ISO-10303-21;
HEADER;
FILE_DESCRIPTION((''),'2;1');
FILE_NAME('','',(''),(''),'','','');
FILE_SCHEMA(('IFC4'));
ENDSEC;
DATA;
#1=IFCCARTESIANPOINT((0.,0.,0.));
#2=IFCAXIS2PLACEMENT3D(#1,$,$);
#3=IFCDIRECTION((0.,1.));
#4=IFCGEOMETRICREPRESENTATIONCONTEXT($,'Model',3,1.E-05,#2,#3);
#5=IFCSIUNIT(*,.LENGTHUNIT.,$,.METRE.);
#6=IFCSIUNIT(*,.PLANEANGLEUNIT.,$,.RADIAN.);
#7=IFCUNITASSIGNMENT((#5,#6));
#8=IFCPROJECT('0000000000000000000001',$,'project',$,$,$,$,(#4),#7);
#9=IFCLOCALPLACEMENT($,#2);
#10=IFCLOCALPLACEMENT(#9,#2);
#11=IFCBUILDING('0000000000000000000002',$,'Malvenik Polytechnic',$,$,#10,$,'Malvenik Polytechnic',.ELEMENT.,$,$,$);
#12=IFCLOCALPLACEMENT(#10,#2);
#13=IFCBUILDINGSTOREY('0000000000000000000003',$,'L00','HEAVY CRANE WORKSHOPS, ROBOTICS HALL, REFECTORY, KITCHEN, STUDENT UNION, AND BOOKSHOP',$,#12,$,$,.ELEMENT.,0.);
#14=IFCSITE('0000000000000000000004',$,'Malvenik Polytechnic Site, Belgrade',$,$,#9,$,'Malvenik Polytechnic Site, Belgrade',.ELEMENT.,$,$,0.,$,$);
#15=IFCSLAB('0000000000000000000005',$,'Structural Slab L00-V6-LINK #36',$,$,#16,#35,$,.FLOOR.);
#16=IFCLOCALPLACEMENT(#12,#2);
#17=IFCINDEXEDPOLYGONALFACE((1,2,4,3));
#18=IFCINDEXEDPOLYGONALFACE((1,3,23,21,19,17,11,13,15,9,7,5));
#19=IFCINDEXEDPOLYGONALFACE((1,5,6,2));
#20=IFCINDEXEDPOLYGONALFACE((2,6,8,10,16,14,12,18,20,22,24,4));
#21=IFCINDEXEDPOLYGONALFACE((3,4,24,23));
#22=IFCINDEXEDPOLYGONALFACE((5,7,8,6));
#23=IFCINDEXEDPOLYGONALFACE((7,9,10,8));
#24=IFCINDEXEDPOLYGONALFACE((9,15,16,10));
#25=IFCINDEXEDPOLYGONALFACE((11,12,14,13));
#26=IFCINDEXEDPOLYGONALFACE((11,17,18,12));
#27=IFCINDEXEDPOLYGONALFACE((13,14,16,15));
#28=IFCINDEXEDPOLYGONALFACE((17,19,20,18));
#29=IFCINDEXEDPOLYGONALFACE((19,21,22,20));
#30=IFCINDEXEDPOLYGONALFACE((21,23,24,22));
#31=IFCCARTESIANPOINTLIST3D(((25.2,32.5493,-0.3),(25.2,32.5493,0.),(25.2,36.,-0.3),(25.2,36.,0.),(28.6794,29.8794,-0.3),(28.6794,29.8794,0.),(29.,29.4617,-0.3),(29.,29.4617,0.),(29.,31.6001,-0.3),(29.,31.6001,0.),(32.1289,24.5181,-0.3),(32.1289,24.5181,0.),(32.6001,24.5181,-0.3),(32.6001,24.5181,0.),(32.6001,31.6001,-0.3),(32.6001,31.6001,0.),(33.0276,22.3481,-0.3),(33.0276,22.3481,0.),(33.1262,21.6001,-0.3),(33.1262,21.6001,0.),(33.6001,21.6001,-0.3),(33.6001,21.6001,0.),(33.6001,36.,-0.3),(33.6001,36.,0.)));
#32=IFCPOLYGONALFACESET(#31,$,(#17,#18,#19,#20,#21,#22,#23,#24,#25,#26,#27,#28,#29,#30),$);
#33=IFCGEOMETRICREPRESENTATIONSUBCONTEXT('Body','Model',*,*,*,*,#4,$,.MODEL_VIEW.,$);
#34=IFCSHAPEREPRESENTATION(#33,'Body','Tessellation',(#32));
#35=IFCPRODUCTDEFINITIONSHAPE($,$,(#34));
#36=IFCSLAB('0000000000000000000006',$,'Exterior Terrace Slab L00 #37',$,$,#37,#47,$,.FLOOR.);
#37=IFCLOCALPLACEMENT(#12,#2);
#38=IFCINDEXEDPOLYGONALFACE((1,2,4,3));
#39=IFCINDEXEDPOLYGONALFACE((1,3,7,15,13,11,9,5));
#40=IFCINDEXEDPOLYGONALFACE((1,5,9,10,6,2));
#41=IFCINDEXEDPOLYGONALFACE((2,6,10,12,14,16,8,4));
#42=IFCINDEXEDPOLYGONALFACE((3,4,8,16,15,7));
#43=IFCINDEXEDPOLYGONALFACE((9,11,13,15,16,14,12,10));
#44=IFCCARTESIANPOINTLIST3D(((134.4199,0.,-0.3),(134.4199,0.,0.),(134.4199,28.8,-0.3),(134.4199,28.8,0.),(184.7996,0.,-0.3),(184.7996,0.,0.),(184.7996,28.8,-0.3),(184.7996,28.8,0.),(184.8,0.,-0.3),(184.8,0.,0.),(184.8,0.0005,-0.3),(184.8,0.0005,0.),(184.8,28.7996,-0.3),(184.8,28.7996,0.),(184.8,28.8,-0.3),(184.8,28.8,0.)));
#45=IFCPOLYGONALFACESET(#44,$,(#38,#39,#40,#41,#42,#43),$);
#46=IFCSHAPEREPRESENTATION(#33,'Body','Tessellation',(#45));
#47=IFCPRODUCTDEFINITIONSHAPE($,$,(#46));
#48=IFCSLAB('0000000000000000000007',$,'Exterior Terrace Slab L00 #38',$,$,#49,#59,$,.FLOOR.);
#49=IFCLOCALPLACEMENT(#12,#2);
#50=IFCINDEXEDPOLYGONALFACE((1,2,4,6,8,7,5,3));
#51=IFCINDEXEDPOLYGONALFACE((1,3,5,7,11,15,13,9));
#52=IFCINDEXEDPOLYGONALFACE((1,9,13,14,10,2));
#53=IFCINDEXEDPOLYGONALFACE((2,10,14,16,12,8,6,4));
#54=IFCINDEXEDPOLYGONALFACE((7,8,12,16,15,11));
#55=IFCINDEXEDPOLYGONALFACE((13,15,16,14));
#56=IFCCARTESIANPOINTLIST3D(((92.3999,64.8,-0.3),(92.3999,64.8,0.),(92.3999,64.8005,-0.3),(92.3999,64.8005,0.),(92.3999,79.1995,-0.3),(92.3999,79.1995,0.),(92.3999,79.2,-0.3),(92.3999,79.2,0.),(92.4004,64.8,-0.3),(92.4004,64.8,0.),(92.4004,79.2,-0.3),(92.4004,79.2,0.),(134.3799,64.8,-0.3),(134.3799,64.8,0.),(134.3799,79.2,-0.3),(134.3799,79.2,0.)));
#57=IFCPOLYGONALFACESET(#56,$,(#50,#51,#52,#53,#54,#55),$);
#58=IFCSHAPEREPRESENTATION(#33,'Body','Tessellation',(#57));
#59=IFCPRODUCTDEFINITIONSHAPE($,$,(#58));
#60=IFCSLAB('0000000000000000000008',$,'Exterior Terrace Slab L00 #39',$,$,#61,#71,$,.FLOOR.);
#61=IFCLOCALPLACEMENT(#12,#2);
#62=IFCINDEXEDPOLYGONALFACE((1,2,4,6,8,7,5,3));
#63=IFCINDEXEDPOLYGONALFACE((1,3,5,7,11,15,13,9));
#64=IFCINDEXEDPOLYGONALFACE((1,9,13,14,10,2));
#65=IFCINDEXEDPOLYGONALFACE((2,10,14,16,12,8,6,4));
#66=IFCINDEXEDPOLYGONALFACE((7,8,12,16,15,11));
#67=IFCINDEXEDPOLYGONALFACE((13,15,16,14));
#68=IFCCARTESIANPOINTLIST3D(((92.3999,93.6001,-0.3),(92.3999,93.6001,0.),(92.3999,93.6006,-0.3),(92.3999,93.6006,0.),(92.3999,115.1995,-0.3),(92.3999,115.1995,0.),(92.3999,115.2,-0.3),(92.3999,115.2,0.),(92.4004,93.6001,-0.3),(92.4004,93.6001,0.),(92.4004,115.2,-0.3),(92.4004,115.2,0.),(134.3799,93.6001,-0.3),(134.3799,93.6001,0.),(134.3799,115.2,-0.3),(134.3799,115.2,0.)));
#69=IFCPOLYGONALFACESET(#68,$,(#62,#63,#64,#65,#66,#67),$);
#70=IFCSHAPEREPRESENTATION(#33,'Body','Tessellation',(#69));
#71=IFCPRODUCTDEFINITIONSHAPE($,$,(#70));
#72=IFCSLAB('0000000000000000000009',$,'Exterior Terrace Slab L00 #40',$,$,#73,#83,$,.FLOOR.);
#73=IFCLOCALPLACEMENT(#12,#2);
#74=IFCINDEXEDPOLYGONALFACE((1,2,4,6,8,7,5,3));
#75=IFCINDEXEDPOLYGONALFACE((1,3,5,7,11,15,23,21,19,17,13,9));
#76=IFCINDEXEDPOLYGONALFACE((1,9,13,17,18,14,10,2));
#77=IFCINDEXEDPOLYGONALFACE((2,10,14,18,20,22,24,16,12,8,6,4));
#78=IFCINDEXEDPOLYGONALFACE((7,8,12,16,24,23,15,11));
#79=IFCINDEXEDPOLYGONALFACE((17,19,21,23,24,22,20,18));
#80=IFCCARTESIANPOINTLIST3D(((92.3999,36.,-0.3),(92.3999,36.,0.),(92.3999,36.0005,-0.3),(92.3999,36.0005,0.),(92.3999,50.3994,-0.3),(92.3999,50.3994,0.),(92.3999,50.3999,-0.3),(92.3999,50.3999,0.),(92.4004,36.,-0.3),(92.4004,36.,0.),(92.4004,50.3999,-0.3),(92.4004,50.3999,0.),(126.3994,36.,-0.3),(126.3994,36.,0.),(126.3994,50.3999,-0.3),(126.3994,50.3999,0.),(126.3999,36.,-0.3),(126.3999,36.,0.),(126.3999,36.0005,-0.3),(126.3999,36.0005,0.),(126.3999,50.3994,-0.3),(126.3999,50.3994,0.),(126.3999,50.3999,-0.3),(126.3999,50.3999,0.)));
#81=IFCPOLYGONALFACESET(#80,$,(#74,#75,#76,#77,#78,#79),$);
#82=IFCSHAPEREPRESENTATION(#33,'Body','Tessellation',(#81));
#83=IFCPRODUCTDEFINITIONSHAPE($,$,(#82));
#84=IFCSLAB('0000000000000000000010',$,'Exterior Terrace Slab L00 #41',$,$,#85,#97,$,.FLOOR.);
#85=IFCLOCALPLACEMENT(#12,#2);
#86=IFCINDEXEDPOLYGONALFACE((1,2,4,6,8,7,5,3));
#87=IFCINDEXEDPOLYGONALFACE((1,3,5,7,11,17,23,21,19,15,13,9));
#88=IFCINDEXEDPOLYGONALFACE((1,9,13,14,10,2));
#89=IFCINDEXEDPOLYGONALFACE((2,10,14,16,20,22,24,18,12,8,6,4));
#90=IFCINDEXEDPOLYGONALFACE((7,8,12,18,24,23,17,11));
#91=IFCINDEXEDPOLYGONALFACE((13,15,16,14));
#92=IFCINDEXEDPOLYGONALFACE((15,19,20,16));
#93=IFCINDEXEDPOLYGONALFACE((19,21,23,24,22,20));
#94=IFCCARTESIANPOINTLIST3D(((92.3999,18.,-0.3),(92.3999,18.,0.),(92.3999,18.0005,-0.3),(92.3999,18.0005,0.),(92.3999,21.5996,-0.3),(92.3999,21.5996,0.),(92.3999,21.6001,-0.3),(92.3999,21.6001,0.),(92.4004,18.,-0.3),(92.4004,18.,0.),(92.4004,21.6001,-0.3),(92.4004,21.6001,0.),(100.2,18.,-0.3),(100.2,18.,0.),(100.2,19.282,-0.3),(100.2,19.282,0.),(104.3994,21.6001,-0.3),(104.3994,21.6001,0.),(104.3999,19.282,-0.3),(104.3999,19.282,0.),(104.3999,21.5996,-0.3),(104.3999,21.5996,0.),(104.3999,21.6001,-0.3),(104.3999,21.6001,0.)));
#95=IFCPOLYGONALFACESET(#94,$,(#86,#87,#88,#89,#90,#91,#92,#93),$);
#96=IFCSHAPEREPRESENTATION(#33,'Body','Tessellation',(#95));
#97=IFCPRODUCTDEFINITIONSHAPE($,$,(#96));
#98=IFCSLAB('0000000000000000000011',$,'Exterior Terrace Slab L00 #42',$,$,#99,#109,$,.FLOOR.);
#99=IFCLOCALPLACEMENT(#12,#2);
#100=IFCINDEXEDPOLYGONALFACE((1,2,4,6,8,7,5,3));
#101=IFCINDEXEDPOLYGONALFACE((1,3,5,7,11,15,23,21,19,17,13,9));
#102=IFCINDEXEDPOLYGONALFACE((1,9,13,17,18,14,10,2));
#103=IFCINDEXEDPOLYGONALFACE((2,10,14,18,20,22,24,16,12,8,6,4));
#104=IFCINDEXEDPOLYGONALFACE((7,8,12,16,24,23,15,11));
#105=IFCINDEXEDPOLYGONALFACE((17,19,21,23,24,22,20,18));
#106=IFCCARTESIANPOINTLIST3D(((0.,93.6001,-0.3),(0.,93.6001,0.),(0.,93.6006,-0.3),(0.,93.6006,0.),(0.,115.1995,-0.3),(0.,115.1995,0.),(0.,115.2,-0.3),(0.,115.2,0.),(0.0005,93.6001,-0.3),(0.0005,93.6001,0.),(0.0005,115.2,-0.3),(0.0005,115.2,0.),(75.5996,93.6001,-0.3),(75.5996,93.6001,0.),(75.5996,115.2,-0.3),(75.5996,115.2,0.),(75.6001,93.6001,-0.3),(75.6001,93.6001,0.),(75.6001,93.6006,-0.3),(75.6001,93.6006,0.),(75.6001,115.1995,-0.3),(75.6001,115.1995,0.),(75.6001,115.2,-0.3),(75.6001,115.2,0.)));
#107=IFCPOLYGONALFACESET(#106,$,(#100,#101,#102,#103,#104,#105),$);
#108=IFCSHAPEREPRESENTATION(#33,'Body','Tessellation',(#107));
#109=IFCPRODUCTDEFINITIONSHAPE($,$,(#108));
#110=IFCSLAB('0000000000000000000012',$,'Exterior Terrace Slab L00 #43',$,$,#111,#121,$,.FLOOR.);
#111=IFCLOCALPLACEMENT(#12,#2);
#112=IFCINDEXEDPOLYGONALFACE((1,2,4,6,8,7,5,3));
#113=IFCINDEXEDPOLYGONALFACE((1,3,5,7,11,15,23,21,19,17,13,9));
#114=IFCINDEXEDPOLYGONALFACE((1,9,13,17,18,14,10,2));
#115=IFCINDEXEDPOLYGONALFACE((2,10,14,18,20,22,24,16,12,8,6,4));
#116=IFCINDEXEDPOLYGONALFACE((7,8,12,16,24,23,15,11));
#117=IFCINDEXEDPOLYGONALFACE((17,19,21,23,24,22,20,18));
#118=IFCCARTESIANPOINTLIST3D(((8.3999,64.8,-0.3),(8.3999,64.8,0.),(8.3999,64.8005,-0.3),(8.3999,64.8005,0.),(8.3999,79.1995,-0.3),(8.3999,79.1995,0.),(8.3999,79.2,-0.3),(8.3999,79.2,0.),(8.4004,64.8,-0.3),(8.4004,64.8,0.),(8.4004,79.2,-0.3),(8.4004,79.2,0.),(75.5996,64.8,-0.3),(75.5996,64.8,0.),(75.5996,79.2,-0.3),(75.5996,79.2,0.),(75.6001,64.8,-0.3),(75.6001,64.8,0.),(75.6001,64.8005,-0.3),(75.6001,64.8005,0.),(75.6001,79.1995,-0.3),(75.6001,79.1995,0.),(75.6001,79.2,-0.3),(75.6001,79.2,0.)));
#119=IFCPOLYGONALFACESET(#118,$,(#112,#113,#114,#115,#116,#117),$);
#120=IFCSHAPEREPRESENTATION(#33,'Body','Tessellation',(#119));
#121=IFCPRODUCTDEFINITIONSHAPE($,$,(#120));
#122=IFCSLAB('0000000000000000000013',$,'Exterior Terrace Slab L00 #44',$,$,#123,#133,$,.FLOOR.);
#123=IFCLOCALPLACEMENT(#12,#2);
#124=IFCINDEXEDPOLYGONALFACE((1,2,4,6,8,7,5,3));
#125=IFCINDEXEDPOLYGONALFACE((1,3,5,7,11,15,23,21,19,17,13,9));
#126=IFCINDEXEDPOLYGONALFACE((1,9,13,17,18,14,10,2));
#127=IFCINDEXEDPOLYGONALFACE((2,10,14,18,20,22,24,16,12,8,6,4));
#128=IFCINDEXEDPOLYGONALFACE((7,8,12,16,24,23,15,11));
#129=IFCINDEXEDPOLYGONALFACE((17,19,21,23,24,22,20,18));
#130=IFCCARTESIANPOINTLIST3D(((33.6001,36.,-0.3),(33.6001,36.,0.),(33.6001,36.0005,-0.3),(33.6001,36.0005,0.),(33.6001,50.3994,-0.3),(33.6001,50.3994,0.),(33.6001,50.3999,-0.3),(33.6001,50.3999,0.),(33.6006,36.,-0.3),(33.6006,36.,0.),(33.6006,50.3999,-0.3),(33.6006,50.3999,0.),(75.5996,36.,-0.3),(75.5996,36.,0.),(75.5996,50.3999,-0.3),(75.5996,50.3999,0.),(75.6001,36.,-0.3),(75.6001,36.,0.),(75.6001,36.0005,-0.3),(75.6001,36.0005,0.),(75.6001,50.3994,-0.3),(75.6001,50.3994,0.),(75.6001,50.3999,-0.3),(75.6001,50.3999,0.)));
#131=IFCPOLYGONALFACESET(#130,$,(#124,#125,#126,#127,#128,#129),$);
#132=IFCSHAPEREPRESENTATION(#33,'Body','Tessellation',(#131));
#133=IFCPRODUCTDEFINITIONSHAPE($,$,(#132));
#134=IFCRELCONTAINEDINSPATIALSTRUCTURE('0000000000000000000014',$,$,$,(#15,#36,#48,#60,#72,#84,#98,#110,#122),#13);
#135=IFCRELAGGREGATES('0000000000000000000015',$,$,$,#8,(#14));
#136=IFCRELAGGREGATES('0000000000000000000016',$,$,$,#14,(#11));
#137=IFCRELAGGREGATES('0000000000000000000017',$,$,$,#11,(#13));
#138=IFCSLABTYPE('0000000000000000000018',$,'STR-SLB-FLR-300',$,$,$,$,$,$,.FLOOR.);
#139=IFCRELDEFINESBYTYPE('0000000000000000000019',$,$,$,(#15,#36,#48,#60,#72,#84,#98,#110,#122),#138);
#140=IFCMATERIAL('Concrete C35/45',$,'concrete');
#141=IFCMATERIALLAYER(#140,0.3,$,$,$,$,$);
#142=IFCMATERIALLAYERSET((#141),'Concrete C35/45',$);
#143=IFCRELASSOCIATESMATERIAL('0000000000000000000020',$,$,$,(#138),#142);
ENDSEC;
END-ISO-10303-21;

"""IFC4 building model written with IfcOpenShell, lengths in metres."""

from ifc_helpers import new_model, si_unit, direction, frame, origin, place, context, subcontext, project, spatial, polyline, outline, extrude, material, layer, layer_set, type_object, element, save


model = new_model("IFC4")

# Units and contexts
model_context = context("Model", 3, precision=1e-05, world=origin(), true_north=direction((0.0, 1.0)))
body_context = subcontext(model_context, "Body", "Model", "MODEL_VIEW")
ifc_project = project(units=[si_unit("LENGTHUNIT", "METRE"), si_unit("PLANEANGLEUNIT", "RADIAN")], contexts=[model_context])

# Site, building, storey
site_placement = place(None, origin())
site = spatial("IfcSite", under=ifc_project, at=site_placement, Name="Malvenik Polytechnic Site, Belgrade", LongName="Malvenik Polytechnic Site, Belgrade", CompositionType="ELEMENT", RefElevation=0.0)
building_placement = place(site_placement, origin())
building = spatial("IfcBuilding", under=site, at=building_placement, Name="Malvenik Polytechnic", LongName="Malvenik Polytechnic", CompositionType="ELEMENT")
storey_placement = place(building_placement, origin())
storey = spatial("IfcBuildingStorey", under=building, at=storey_placement, Name="L00", Description="HEAVY CRANE WORKSHOPS, ROBOTICS HALL, REFECTORY, KITCHEN, STUDENT UNION, AND BOOKSHOP", CompositionType="ELEMENT", Elevation=0.0)

# Slabs
ifc_material_1 = material(Name="Concrete C35/45", Category="concrete")
ifc_layer_1 = layer(ifc_material_1, 0.3)
ifc_layer_set_1 = layer_set([ifc_layer_1], Name="Concrete C35/45")
slab_type_1 = type_object("IfcSlabType", Name="STR-SLB-FLR-300", PredefinedType="FLOOR", material=ifc_layer_set_1)
slab_1_placement = place(storey_placement, frame((0.0, 0.0, -0.3)))
element("IfcSlab", 1, at=slab_1_placement, inside=storey, type_object=slab_type_1, Name="Structural Slab L00-V6-LINK #36", PredefinedType="FLOOR", context=body_context, shape_type="SweptSolid", body=[
    extrude(outline(polyline([(33.0276, 22.3481), (32.1289, 24.5181), (32.6001, 24.5181), (32.6001, 31.6001), (29.0, 31.6001), (29.0, 29.4617), (28.6794, 29.8794), (25.2, 32.5493), (25.2, 36.0), (33.6001, 36.0), (33.6001, 21.6001), (33.1262, 21.6001), (33.0276, 22.3481)])), origin(), (0.0, 0.0, 1.0), 0.3),
])
slab_2_placement = place(storey_placement, frame((0.0, 0.0, -0.3)))
element("IfcSlab", 2, at=slab_2_placement, inside=storey, type_object=slab_type_1, Name="Exterior Terrace Slab L00 #37", PredefinedType="FLOOR", context=body_context, shape_type="SweptSolid", body=[
    extrude(outline(polyline([(184.8, 28.7996), (184.8, 0.0005), (184.8, 0.0), (184.7996, 0.0), (134.4199, 0.0), (134.4199, 28.8), (184.7996, 28.8), (184.8, 28.8), (184.8, 28.7996)])), origin(), (0.0, 0.0, 1.0), 0.3),
])
slab_3_placement = place(storey_placement, frame((0.0, 0.0, -0.3)))
element("IfcSlab", 3, at=slab_3_placement, inside=storey, type_object=slab_type_1, Name="Exterior Terrace Slab L00 #38", PredefinedType="FLOOR", context=body_context, shape_type="SweptSolid", body=[
    extrude(outline(polyline([(92.3999, 79.2), (92.4004, 79.2), (134.3799, 79.2), (134.3799, 64.8), (92.4004, 64.8), (92.3999, 64.8), (92.3999, 64.8005), (92.3999, 79.1995), (92.3999, 79.2)])), origin(), (0.0, 0.0, 1.0), 0.3),
])
slab_4_placement = place(storey_placement, frame((0.0, 0.0, -0.3)))
element("IfcSlab", 4, at=slab_4_placement, inside=storey, type_object=slab_type_1, Name="Exterior Terrace Slab L00 #39", PredefinedType="FLOOR", context=body_context, shape_type="SweptSolid", body=[
    extrude(outline(polyline([(92.3999, 115.2), (92.4004, 115.2), (134.3799, 115.2), (134.3799, 93.6001), (92.4004, 93.6001), (92.3999, 93.6001), (92.3999, 93.6006), (92.3999, 115.1995), (92.3999, 115.2)])), origin(), (0.0, 0.0, 1.0), 0.3),
])
slab_5_placement = place(storey_placement, frame((0.0, 0.0, -0.3)))
element("IfcSlab", 5, at=slab_5_placement, inside=storey, type_object=slab_type_1, Name="Exterior Terrace Slab L00 #40", PredefinedType="FLOOR", context=body_context, shape_type="SweptSolid", body=[
    extrude(outline(polyline([(92.3999, 50.3999), (92.4004, 50.3999), (126.3994, 50.3999), (126.3999, 50.3999), (126.3999, 50.3994), (126.3999, 36.0005), (126.3999, 36.0), (126.3994, 36.0), (92.4004, 36.0), (92.3999, 36.0), (92.3999, 36.0005), (92.3999, 50.3994), (92.3999, 50.3999)])), origin(), (0.0, 0.0, 1.0), 0.3),
])
slab_6_placement = place(storey_placement, frame((0.0, 0.0, -0.3)))
element("IfcSlab", 6, at=slab_6_placement, inside=storey, type_object=slab_type_1, Name="Exterior Terrace Slab L00 #41", PredefinedType="FLOOR", context=body_context, shape_type="SweptSolid", body=[
    extrude(outline(polyline([(92.3999, 21.6001), (92.4004, 21.6001), (104.3994, 21.6001), (104.3999, 21.6001), (104.3999, 21.5996), (104.3999, 19.282), (100.2, 19.282), (100.2, 18.0), (92.4004, 18.0), (92.3999, 18.0), (92.3999, 18.0005), (92.3999, 21.5996), (92.3999, 21.6001)])), origin(), (0.0, 0.0, 1.0), 0.3),
])
slab_7_placement = place(storey_placement, frame((0.0, 0.0, -0.3)))
element("IfcSlab", 7, at=slab_7_placement, inside=storey, type_object=slab_type_1, Name="Exterior Terrace Slab L00 #42", PredefinedType="FLOOR", context=body_context, shape_type="SweptSolid", body=[
    extrude(outline(polyline([(75.6001, 115.2), (75.6001, 115.1995), (75.6001, 93.6006), (75.6001, 93.6001), (75.5996, 93.6001), (0.0005, 93.6001), (0.0, 93.6001), (0.0, 93.6006), (0.0, 115.1995), (0.0, 115.2), (0.0005, 115.2), (75.5996, 115.2), (75.6001, 115.2)])), origin(), (0.0, 0.0, 1.0), 0.3),
])
slab_8_placement = place(storey_placement, frame((0.0, 0.0, -0.3)))
element("IfcSlab", 8, at=slab_8_placement, inside=storey, type_object=slab_type_1, Name="Exterior Terrace Slab L00 #43", PredefinedType="FLOOR", context=body_context, shape_type="SweptSolid", body=[
    extrude(outline(polyline([(8.3999, 79.2), (8.4004, 79.2), (75.5996, 79.2), (75.6001, 79.2), (75.6001, 79.1995), (75.6001, 64.8005), (75.6001, 64.8), (75.5996, 64.8), (8.4004, 64.8), (8.3999, 64.8), (8.3999, 64.8005), (8.3999, 79.1995), (8.3999, 79.2)])), origin(), (0.0, 0.0, 1.0), 0.3),
])
slab_9_placement = place(storey_placement, frame((0.0, 0.0, -0.3)))
element("IfcSlab", 9, at=slab_9_placement, inside=storey, type_object=slab_type_1, Name="Exterior Terrace Slab L00 #44", PredefinedType="FLOOR", context=body_context, shape_type="SweptSolid", body=[
    extrude(outline(polyline([(33.6001, 50.3999), (33.6006, 50.3999), (75.5996, 50.3999), (75.6001, 50.3999), (75.6001, 50.3994), (75.6001, 36.0005), (75.6001, 36.0), (75.5996, 36.0), (33.6006, 36.0), (33.6001, 36.0), (33.6001, 36.0005), (33.6001, 50.3994), (33.6001, 50.3999)])), origin(), (0.0, 0.0, 1.0), 0.3),
])

save(model, "model.ifc")
